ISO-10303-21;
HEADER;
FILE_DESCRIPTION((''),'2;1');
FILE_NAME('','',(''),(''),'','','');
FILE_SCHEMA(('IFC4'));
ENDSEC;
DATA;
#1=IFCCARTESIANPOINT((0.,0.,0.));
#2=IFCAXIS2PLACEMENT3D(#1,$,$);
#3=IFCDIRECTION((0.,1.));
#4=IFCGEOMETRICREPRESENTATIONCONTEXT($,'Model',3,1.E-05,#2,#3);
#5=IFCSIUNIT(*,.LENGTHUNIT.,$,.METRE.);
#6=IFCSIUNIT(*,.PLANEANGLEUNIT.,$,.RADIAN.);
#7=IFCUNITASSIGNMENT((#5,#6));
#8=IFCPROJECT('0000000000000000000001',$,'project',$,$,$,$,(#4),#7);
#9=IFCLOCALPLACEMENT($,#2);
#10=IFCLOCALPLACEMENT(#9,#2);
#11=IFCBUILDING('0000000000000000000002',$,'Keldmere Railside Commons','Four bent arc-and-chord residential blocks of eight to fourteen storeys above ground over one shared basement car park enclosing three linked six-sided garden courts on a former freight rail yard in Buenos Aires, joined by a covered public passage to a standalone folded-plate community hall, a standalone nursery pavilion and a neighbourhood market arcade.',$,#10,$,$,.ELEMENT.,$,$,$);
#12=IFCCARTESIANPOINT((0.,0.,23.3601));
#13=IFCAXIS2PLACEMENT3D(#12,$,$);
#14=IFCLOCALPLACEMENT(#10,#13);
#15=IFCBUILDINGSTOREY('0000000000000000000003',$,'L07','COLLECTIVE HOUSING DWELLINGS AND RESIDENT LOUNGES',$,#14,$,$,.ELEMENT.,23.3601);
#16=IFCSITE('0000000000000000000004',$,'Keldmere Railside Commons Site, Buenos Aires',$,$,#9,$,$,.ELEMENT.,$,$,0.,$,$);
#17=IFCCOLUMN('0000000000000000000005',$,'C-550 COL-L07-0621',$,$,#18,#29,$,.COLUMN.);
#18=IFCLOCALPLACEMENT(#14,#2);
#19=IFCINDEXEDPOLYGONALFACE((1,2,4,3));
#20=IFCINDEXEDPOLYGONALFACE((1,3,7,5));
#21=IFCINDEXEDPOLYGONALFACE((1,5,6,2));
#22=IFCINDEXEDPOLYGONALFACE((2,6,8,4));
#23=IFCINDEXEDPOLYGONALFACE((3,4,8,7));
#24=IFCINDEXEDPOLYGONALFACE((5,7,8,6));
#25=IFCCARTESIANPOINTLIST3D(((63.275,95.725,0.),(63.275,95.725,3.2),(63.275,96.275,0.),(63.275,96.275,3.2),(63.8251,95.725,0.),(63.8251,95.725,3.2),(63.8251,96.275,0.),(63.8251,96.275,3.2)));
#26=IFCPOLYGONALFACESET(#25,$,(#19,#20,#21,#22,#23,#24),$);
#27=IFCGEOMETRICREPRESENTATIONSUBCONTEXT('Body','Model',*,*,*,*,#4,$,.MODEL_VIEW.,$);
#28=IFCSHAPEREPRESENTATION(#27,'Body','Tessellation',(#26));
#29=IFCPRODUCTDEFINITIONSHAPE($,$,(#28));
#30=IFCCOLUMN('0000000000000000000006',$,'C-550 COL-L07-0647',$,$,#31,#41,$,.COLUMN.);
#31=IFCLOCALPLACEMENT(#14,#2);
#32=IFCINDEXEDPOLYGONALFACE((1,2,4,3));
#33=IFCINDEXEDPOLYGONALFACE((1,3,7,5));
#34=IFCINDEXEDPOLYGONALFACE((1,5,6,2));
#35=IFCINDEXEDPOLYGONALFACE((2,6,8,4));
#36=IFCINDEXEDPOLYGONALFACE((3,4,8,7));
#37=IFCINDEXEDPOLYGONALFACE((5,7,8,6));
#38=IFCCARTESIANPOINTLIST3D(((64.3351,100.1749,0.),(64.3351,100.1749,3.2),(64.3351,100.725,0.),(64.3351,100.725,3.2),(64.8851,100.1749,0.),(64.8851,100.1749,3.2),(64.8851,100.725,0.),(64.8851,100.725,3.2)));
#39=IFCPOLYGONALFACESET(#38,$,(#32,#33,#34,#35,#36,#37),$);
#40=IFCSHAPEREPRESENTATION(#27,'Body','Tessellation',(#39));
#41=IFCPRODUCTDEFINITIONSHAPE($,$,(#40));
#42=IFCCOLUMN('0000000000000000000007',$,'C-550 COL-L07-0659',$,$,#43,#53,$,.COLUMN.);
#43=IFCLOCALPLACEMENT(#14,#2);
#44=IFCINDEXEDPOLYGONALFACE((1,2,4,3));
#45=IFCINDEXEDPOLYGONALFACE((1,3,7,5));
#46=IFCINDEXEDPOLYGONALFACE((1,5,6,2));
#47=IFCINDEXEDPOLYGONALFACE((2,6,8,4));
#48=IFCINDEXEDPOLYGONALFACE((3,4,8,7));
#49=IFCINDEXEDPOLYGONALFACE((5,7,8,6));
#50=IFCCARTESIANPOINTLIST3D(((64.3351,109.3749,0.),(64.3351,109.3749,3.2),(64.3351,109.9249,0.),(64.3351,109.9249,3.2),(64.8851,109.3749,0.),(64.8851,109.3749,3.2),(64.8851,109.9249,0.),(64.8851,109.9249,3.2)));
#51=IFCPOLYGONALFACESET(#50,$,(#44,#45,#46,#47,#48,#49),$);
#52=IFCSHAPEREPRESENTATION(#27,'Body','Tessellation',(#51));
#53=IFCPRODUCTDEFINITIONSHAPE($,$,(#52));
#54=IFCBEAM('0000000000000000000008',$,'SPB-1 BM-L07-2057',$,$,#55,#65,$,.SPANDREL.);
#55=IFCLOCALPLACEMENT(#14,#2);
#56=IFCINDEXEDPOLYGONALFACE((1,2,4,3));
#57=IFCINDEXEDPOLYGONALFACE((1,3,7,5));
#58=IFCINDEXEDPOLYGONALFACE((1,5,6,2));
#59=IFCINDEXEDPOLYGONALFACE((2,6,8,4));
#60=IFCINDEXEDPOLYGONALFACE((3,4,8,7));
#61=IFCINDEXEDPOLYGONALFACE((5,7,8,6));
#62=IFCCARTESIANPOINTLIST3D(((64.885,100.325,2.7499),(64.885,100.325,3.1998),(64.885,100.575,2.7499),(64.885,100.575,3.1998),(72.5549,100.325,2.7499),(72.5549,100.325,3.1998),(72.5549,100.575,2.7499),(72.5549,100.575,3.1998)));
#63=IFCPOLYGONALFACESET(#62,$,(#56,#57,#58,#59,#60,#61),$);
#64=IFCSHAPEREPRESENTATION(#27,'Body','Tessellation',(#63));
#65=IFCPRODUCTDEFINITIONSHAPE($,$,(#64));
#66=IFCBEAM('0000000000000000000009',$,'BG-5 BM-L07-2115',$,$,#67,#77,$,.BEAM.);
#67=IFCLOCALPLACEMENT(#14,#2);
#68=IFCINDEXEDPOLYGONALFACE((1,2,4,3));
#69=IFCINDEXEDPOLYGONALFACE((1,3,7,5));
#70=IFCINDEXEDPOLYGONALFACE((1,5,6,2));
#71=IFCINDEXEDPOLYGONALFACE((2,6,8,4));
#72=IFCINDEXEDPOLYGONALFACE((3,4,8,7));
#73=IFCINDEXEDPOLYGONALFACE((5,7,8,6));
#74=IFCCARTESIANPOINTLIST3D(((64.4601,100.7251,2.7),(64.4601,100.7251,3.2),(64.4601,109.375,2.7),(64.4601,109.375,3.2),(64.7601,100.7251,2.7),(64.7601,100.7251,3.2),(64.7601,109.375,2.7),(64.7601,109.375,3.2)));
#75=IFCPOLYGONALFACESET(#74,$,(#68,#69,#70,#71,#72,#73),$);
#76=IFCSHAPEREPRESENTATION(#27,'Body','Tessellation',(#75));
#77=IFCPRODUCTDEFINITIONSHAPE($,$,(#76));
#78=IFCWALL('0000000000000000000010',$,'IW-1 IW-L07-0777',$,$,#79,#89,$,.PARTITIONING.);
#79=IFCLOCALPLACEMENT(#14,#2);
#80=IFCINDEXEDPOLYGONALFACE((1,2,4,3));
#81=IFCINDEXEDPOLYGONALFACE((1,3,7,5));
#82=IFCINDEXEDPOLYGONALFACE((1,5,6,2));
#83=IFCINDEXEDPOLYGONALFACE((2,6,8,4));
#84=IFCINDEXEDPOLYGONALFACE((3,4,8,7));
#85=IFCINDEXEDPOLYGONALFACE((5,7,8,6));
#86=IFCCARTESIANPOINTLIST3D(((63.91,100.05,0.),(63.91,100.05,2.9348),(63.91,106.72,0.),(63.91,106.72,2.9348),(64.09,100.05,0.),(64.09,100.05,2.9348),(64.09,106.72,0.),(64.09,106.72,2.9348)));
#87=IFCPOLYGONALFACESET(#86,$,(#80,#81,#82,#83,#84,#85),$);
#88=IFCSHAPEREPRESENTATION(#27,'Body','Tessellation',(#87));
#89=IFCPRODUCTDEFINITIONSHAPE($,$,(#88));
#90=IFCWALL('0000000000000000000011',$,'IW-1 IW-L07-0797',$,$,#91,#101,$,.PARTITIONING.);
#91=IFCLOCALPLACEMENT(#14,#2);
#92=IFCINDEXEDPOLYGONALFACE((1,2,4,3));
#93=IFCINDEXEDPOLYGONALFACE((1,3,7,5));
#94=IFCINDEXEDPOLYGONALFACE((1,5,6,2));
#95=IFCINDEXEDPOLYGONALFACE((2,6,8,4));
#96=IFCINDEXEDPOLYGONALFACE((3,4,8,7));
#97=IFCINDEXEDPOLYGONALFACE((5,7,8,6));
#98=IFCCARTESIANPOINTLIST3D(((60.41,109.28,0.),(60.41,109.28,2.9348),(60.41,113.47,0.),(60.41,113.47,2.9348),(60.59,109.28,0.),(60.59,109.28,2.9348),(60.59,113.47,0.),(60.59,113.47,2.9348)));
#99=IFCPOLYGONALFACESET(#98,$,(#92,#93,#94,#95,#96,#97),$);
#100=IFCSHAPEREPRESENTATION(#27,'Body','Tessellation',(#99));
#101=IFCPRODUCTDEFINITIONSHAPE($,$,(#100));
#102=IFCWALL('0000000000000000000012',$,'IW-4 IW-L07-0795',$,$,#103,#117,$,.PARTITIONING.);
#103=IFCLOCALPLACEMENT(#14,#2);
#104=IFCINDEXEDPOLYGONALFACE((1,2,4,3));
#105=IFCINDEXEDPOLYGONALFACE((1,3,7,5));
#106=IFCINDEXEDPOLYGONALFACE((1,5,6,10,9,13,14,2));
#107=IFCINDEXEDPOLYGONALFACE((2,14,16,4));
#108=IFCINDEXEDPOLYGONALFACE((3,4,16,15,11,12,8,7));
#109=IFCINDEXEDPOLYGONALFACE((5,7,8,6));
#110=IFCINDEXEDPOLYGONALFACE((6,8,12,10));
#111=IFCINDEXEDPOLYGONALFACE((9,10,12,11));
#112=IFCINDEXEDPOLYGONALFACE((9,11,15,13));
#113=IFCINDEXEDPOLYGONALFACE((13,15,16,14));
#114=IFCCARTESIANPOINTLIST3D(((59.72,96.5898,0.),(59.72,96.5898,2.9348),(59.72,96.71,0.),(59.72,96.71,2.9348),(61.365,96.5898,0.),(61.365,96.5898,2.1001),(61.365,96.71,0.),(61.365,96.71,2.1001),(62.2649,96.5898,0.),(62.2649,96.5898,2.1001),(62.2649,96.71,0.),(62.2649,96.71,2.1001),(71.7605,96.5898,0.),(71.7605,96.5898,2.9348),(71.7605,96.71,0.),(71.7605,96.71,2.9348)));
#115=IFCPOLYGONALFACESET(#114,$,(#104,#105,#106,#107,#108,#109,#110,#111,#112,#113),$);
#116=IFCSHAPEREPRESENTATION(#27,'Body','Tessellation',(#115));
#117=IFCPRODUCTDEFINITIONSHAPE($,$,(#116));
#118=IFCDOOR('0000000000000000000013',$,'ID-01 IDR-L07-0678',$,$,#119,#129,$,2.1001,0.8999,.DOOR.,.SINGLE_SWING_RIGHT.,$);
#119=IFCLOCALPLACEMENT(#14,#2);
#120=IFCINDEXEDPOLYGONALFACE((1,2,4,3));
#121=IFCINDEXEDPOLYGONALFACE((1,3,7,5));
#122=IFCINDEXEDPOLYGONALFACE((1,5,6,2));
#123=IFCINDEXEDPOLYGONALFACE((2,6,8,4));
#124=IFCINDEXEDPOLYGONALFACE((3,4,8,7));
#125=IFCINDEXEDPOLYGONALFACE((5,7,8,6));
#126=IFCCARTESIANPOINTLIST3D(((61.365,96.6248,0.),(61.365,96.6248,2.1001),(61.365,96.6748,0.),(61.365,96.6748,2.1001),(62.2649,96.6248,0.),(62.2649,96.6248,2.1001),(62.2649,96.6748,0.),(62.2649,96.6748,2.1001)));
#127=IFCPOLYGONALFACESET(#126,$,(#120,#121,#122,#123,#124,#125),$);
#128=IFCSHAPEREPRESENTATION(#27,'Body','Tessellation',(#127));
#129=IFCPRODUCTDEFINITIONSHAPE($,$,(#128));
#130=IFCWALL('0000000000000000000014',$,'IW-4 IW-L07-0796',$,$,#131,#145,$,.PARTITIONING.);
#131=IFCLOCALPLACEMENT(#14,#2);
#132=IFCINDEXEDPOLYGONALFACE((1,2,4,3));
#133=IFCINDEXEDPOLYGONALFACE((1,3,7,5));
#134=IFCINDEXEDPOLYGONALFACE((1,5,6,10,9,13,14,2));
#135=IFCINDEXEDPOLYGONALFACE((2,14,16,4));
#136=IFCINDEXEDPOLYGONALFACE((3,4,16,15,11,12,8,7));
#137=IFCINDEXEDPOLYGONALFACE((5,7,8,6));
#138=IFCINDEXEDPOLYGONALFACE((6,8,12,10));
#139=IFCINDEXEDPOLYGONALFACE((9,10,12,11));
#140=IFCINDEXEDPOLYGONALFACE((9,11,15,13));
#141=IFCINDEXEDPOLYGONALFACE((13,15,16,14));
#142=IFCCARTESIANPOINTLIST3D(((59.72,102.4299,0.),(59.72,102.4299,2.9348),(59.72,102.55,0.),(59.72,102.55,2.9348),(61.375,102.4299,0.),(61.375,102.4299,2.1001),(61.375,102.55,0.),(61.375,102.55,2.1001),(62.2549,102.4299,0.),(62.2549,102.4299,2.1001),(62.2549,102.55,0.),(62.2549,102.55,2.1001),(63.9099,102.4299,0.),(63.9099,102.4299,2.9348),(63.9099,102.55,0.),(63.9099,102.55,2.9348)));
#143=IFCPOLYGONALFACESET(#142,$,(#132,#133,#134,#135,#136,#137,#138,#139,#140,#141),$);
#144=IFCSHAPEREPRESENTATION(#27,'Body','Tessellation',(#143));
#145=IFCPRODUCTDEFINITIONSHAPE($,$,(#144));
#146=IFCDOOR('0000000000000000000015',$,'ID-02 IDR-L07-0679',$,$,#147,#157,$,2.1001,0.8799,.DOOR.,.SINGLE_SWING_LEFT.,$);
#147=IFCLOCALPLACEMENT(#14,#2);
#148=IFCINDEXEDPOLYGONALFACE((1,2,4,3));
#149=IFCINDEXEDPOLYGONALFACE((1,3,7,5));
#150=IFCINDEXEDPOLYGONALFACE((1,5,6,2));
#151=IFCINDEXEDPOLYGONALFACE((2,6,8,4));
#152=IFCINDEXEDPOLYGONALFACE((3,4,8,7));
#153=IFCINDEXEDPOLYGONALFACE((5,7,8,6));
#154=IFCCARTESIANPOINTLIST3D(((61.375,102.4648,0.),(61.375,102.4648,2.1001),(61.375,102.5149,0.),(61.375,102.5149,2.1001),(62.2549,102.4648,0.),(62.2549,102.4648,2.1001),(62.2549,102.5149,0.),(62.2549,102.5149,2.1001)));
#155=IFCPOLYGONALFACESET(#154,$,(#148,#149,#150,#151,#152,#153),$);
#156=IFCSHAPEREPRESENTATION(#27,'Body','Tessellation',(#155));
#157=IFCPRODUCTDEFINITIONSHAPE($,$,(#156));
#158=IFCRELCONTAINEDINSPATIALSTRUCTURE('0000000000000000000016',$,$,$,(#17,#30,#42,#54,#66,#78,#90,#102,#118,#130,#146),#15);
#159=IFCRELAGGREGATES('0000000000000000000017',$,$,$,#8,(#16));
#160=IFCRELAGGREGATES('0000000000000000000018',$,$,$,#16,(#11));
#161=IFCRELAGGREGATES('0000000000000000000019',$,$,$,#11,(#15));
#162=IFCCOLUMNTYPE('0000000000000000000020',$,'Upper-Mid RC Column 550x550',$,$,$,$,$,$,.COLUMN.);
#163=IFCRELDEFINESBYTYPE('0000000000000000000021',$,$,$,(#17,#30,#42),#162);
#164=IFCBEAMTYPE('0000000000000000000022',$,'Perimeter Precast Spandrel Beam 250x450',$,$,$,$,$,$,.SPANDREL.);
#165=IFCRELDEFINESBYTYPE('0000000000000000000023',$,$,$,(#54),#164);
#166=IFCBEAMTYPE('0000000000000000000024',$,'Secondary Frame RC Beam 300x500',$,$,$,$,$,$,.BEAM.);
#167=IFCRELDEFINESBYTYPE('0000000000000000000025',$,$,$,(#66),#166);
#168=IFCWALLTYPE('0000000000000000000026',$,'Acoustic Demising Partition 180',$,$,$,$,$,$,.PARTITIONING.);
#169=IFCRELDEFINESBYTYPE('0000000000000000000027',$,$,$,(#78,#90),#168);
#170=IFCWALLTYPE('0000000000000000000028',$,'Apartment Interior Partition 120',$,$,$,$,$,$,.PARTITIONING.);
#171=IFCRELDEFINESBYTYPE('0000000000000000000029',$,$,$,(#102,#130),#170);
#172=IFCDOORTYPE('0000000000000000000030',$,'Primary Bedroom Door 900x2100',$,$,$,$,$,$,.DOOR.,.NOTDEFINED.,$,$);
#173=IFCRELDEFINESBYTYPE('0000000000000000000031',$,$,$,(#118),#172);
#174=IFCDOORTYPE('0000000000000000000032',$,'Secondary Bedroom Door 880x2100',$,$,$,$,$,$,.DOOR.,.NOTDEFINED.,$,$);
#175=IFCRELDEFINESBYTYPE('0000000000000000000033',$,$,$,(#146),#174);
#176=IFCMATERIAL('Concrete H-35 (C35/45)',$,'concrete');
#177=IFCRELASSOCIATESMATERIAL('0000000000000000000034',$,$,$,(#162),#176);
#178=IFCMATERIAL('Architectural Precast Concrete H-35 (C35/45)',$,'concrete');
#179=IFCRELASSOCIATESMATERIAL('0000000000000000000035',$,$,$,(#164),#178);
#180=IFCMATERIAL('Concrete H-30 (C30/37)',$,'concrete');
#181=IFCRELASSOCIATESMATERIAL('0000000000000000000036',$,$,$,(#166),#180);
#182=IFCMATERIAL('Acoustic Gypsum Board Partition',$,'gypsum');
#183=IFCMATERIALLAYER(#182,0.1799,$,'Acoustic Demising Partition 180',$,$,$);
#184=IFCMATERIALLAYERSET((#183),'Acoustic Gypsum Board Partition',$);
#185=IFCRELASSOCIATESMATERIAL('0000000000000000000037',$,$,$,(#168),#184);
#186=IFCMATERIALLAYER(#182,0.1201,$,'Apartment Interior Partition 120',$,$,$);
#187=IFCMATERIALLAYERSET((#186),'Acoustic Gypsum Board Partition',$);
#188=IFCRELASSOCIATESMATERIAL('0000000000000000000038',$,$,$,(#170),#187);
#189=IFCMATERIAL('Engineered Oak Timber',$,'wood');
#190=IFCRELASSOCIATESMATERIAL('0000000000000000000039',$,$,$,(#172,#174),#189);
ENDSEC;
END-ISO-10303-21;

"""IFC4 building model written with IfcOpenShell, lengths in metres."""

from ifc_helpers import new_model, si_unit, direction, frame, frame_2d, origin, origin_2d, place, context, subcontext, project, spatial, rectangle, extrude, material, layer, layer_set, material_profile, profile_set, type_object, element, fill, save


model = new_model("IFC4")

# Units and contexts
model_context = context("Model", 3, precision=1e-05, world=origin(), true_north=direction((0.0, 1.0)))
body_context = subcontext(model_context, "Body", "Model", "MODEL_VIEW")
ifc_project = project(units=[si_unit("LENGTHUNIT", "METRE"), si_unit("PLANEANGLEUNIT", "RADIAN")], contexts=[model_context])

# Site, building, storey
site_placement = place(None, origin())
site = spatial("IfcSite", under=ifc_project, at=site_placement, Name="Keldmere Railside Commons Site, Buenos Aires", CompositionType="ELEMENT", RefElevation=0.0)
building_placement = place(site_placement, origin())
building = spatial("IfcBuilding", under=site, at=building_placement, Name="Keldmere Railside Commons", Description="Four bent arc-and-chord residential blocks of eight to fourteen storeys above ground over one shared basement car park enclosing three linked six-sided garden courts on a former freight rail yard in Buenos Aires, joined by a covered public passage to a standalone folded-plate community hall, a standalone nursery pavilion and a neighbourhood market arcade.", CompositionType="ELEMENT")
storey_placement = place(building_placement, frame((0.0, 0.0, 23.3601)))
storey = spatial("IfcBuildingStorey", under=building, at=storey_placement, Name="L07", Description="COLLECTIVE HOUSING DWELLINGS AND RESIDENT LOUNGES", CompositionType="ELEMENT", Elevation=23.3601)

# Columns
ifc_material_1 = material(Name="Concrete H-35 (C35/45)", Category="concrete")
ifc_material_profile_1 = material_profile(ifc_material_1, rectangle(XDim=0.55, YDim=0.55, at=origin_2d()), Name="RC-550x550")
ifc_profile_set_1 = profile_set([ifc_material_profile_1], Name="Concrete H-35 (C35/45)")
column_type = type_object("IfcColumnType", Name="Upper-Mid RC Column 550x550", PredefinedType="COLUMN", material=ifc_profile_set_1)
for number, where, z_axis, x_axis, name in (
    (1, (63.55, 96.0, 0.0), (0.0, 0.0, 1.0), (1.0, 0.0, 0.0), "C-550 COL-L07-0621"),
    (2, (64.6101, 100.45, 0.0), (0.0, 0.0, 1.0), (1.0, 0.0, 0.0), "C-550 COL-L07-0647"),
    (3, (64.6101, 109.6499, 0.0), (0.0, 0.0, 1.0), (1.0, 0.0, 0.0), "C-550 COL-L07-0659"),
):
    element("IfcColumn", number, at=place(storey_placement, frame(where, z_axis=z_axis, x_axis=x_axis)), inside=storey, type_object=column_type, Name=name, PredefinedType="COLUMN", context=body_context, shape_type="SweptSolid", body=[
        extrude(rectangle(XDim=0.55, YDim=0.55, at=origin_2d()), origin(), (0.0, 0.0, 1.0), 3.2),
    ])

# Beams
ifc_material_2 = material(Name="Architectural Precast Concrete H-35 (C35/45)", Category="concrete")
ifc_material_profile_2 = material_profile(ifc_material_2, rectangle(XDim=0.25, YDim=0.45, at=origin_2d()), Name="RC-250x450")
ifc_profile_set_2 = profile_set([ifc_material_profile_2], Name="Architectural Precast Concrete H-35 (C35/45)")
beam_type_1 = type_object("IfcBeamType", Name="Perimeter Precast Spandrel Beam 250x450", PredefinedType="SPANDREL", material=ifc_profile_set_2)
beam_1_placement = place(storey_placement, frame((64.885, 100.45, 2.9749), z_axis=(1.0, 0.0, 0.0), x_axis=(0.0, 1.0, 0.0)))
element("IfcBeam", 4, at=beam_1_placement, inside=storey, type_object=beam_type_1, Name="SPB-1 BM-L07-2057", PredefinedType="SPANDREL", context=body_context, shape_type="SweptSolid", body=[
    extrude(rectangle(XDim=0.25, YDim=0.45, at=origin_2d()), origin(), (0.0, 0.0, 1.0), 7.6699),
])
ifc_material_3 = material(Name="Concrete H-30 (C30/37)", Category="concrete")
ifc_material_profile_3 = material_profile(ifc_material_3, rectangle(XDim=0.3, YDim=0.5, at=origin_2d()), Name="RC-300x500")
ifc_profile_set_3 = profile_set([ifc_material_profile_3], Name="Concrete H-30 (C30/37)")
beam_type_2 = type_object("IfcBeamType", Name="Secondary Frame RC Beam 300x500", PredefinedType="BEAM", material=ifc_profile_set_3)
beam_2_placement = place(storey_placement, frame((64.6101, 100.7251, 2.95), z_axis=(0.0, 1.0, 0.0), x_axis=(-1.0, 0.0, 0.0)))
element("IfcBeam", 5, at=beam_2_placement, inside=storey, type_object=beam_type_2, Name="BG-5 BM-L07-2115", PredefinedType="BEAM", context=body_context, shape_type="SweptSolid", body=[
    extrude(rectangle(XDim=0.3, YDim=0.5, at=origin_2d()), origin(), (0.0, 0.0, 1.0), 8.6499),
])

# Walls
ifc_material_4 = material(Name="Acoustic Gypsum Board Partition", Category="gypsum")
ifc_layer_1 = layer(ifc_material_4, 0.1799, Name="Acoustic Demising Partition 180")
ifc_layer_set_1 = layer_set([ifc_layer_1], Name="Acoustic Gypsum Board Partition")
wall_type_1 = type_object("IfcWallType", Name="Acoustic Demising Partition 180", PredefinedType="PARTITIONING", material=ifc_layer_set_1)
wall_1_placement = place(storey_placement, frame((64.0, 100.05, 0.0), z_axis=(0.0, 0.0, 1.0), x_axis=(0.0, 1.0, 0.0)))
element("IfcWall", 6, at=wall_1_placement, inside=storey, type_object=wall_type_1, Name="IW-1 IW-L07-0777", PredefinedType="PARTITIONING", context=body_context, shape_type="SweptSolid", body=[
    extrude(rectangle(XDim=6.6699, YDim=0.1799, at=frame_2d((3.335, 0.0))), origin(), (0.0, 0.0, 1.0), 2.9348),
])
wall_2_placement = place(storey_placement, frame((60.5, 109.28, 0.0), z_axis=(0.0, 0.0, 1.0), x_axis=(0.0, 1.0, 0.0)))
element("IfcWall", 7, at=wall_2_placement, inside=storey, type_object=wall_type_1, Name="IW-1 IW-L07-0797", PredefinedType="PARTITIONING", context=body_context, shape_type="SweptSolid", body=[
    extrude(rectangle(XDim=4.1899, YDim=0.1799, at=frame_2d((2.095, 0.0))), origin(), (0.0, 0.0, 1.0), 2.9348),
])

# Walls, openings, doors
ifc_layer_2 = layer(ifc_material_4, 0.1201, Name="Apartment Interior Partition 120")
ifc_layer_set_2 = layer_set([ifc_layer_2], Name="Acoustic Gypsum Board Partition")
wall_type_2 = type_object("IfcWallType", Name="Apartment Interior Partition 120", PredefinedType="PARTITIONING", material=ifc_layer_set_2)
wall_3_placement = place(storey_placement, frame((59.72, 96.6499, 0.0), z_axis=(0.0, 0.0, 1.0), x_axis=(1.0, 0.0, 0.0)))
wall_3 = element("IfcWall", 8, at=wall_3_placement, inside=storey, type_object=wall_type_2, Name="IW-4 IW-L07-0795", PredefinedType="PARTITIONING", context=body_context, shape_type="SweptSolid", body=[
    extrude(rectangle(XDim=12.0405, YDim=0.1201, at=frame_2d((6.0203, 0.0))), origin(), (0.0, 0.0, 1.0), 2.9348),
])
opening_1_placement = place(wall_3_placement, frame((1.645, 0.0, 0.0)))
opening_1 = element("IfcOpeningElement", 9, at=opening_1_placement, cuts=wall_3, PredefinedType="OPENING", context=body_context, shape_type="SweptSolid", body=[
    extrude(rectangle(XDim=0.8999, YDim=2.1001, at=frame_2d((0.45, 1.05))), frame((0.0, 0.0701, 0.0), z_axis=(0.0, -1.0, 0.0), x_axis=(1.0, 0.0, 0.0)), (0.0, 0.0, 1.0), 0.1401),
])
ifc_material_5 = material(Name="Engineered Oak Timber", Category="wood")
door_type_1 = type_object("IfcDoorType", Name="Primary Bedroom Door 900x2100", OperationType="NOTDEFINED", PredefinedType="DOOR", material=ifc_material_5)
door_1_placement = place(opening_1_placement, origin())
door_1 = element("IfcDoor", 10, at=door_1_placement, inside=storey, type_object=door_type_1, Name="ID-01 IDR-L07-0678", OperationType="SINGLE_SWING_RIGHT", OverallHeight=2.1001, OverallWidth=0.8999, PredefinedType="DOOR", context=body_context, shape_type="SweptSolid", body=[
    extrude(rectangle(XDim=0.8999, YDim=2.1001, at=frame_2d((0.45, 1.05))), frame((0.0, 0.0249, 0.0), z_axis=(0.0, -1.0, 0.0), x_axis=(1.0, 0.0, 0.0)), (0.0, 0.0, 1.0), 0.05),
])
fill(opening_1, door_1)
wall_4_placement = place(storey_placement, frame((59.72, 102.49, 0.0), z_axis=(0.0, 0.0, 1.0), x_axis=(1.0, 0.0, 0.0)))
wall_4 = element("IfcWall", 11, at=wall_4_placement, inside=storey, type_object=wall_type_2, Name="IW-4 IW-L07-0796", PredefinedType="PARTITIONING", context=body_context, shape_type="SweptSolid", body=[
    extrude(rectangle(XDim=4.1899, YDim=0.1201, at=frame_2d((2.095, 0.0))), origin(), (0.0, 0.0, 1.0), 2.9348),
])
opening_2_placement = place(wall_4_placement, frame((1.655, 0.0, 0.0)))
opening_2 = element("IfcOpeningElement", 12, at=opening_2_placement, cuts=wall_4, PredefinedType="OPENING", context=body_context, shape_type="SweptSolid", body=[
    extrude(rectangle(XDim=0.8799, YDim=2.1001, at=frame_2d((0.4399, 1.05))), frame((0.0, 0.0701, 0.0), z_axis=(0.0, -1.0, 0.0), x_axis=(1.0, 0.0, 0.0)), (0.0, 0.0, 1.0), 0.1401),
])
door_type_2 = type_object("IfcDoorType", Name="Secondary Bedroom Door 880x2100", OperationType="NOTDEFINED", PredefinedType="DOOR", material=ifc_material_5)
door_2_placement = place(opening_2_placement, origin())
door_2 = element("IfcDoor", 13, at=door_2_placement, inside=storey, type_object=door_type_2, Name="ID-02 IDR-L07-0679", OperationType="SINGLE_SWING_LEFT", OverallHeight=2.1001, OverallWidth=0.8799, PredefinedType="DOOR", context=body_context, shape_type="SweptSolid", body=[
    extrude(rectangle(XDim=0.8799, YDim=2.1001, at=frame_2d((0.4399, 1.05))), frame((0.0, 0.0249, 0.0), z_axis=(0.0, -1.0, 0.0), x_axis=(1.0, 0.0, 0.0)), (0.0, 0.0, 1.0), 0.05),
])
fill(opening_2, door_2)

save(model, "model.ifc")
